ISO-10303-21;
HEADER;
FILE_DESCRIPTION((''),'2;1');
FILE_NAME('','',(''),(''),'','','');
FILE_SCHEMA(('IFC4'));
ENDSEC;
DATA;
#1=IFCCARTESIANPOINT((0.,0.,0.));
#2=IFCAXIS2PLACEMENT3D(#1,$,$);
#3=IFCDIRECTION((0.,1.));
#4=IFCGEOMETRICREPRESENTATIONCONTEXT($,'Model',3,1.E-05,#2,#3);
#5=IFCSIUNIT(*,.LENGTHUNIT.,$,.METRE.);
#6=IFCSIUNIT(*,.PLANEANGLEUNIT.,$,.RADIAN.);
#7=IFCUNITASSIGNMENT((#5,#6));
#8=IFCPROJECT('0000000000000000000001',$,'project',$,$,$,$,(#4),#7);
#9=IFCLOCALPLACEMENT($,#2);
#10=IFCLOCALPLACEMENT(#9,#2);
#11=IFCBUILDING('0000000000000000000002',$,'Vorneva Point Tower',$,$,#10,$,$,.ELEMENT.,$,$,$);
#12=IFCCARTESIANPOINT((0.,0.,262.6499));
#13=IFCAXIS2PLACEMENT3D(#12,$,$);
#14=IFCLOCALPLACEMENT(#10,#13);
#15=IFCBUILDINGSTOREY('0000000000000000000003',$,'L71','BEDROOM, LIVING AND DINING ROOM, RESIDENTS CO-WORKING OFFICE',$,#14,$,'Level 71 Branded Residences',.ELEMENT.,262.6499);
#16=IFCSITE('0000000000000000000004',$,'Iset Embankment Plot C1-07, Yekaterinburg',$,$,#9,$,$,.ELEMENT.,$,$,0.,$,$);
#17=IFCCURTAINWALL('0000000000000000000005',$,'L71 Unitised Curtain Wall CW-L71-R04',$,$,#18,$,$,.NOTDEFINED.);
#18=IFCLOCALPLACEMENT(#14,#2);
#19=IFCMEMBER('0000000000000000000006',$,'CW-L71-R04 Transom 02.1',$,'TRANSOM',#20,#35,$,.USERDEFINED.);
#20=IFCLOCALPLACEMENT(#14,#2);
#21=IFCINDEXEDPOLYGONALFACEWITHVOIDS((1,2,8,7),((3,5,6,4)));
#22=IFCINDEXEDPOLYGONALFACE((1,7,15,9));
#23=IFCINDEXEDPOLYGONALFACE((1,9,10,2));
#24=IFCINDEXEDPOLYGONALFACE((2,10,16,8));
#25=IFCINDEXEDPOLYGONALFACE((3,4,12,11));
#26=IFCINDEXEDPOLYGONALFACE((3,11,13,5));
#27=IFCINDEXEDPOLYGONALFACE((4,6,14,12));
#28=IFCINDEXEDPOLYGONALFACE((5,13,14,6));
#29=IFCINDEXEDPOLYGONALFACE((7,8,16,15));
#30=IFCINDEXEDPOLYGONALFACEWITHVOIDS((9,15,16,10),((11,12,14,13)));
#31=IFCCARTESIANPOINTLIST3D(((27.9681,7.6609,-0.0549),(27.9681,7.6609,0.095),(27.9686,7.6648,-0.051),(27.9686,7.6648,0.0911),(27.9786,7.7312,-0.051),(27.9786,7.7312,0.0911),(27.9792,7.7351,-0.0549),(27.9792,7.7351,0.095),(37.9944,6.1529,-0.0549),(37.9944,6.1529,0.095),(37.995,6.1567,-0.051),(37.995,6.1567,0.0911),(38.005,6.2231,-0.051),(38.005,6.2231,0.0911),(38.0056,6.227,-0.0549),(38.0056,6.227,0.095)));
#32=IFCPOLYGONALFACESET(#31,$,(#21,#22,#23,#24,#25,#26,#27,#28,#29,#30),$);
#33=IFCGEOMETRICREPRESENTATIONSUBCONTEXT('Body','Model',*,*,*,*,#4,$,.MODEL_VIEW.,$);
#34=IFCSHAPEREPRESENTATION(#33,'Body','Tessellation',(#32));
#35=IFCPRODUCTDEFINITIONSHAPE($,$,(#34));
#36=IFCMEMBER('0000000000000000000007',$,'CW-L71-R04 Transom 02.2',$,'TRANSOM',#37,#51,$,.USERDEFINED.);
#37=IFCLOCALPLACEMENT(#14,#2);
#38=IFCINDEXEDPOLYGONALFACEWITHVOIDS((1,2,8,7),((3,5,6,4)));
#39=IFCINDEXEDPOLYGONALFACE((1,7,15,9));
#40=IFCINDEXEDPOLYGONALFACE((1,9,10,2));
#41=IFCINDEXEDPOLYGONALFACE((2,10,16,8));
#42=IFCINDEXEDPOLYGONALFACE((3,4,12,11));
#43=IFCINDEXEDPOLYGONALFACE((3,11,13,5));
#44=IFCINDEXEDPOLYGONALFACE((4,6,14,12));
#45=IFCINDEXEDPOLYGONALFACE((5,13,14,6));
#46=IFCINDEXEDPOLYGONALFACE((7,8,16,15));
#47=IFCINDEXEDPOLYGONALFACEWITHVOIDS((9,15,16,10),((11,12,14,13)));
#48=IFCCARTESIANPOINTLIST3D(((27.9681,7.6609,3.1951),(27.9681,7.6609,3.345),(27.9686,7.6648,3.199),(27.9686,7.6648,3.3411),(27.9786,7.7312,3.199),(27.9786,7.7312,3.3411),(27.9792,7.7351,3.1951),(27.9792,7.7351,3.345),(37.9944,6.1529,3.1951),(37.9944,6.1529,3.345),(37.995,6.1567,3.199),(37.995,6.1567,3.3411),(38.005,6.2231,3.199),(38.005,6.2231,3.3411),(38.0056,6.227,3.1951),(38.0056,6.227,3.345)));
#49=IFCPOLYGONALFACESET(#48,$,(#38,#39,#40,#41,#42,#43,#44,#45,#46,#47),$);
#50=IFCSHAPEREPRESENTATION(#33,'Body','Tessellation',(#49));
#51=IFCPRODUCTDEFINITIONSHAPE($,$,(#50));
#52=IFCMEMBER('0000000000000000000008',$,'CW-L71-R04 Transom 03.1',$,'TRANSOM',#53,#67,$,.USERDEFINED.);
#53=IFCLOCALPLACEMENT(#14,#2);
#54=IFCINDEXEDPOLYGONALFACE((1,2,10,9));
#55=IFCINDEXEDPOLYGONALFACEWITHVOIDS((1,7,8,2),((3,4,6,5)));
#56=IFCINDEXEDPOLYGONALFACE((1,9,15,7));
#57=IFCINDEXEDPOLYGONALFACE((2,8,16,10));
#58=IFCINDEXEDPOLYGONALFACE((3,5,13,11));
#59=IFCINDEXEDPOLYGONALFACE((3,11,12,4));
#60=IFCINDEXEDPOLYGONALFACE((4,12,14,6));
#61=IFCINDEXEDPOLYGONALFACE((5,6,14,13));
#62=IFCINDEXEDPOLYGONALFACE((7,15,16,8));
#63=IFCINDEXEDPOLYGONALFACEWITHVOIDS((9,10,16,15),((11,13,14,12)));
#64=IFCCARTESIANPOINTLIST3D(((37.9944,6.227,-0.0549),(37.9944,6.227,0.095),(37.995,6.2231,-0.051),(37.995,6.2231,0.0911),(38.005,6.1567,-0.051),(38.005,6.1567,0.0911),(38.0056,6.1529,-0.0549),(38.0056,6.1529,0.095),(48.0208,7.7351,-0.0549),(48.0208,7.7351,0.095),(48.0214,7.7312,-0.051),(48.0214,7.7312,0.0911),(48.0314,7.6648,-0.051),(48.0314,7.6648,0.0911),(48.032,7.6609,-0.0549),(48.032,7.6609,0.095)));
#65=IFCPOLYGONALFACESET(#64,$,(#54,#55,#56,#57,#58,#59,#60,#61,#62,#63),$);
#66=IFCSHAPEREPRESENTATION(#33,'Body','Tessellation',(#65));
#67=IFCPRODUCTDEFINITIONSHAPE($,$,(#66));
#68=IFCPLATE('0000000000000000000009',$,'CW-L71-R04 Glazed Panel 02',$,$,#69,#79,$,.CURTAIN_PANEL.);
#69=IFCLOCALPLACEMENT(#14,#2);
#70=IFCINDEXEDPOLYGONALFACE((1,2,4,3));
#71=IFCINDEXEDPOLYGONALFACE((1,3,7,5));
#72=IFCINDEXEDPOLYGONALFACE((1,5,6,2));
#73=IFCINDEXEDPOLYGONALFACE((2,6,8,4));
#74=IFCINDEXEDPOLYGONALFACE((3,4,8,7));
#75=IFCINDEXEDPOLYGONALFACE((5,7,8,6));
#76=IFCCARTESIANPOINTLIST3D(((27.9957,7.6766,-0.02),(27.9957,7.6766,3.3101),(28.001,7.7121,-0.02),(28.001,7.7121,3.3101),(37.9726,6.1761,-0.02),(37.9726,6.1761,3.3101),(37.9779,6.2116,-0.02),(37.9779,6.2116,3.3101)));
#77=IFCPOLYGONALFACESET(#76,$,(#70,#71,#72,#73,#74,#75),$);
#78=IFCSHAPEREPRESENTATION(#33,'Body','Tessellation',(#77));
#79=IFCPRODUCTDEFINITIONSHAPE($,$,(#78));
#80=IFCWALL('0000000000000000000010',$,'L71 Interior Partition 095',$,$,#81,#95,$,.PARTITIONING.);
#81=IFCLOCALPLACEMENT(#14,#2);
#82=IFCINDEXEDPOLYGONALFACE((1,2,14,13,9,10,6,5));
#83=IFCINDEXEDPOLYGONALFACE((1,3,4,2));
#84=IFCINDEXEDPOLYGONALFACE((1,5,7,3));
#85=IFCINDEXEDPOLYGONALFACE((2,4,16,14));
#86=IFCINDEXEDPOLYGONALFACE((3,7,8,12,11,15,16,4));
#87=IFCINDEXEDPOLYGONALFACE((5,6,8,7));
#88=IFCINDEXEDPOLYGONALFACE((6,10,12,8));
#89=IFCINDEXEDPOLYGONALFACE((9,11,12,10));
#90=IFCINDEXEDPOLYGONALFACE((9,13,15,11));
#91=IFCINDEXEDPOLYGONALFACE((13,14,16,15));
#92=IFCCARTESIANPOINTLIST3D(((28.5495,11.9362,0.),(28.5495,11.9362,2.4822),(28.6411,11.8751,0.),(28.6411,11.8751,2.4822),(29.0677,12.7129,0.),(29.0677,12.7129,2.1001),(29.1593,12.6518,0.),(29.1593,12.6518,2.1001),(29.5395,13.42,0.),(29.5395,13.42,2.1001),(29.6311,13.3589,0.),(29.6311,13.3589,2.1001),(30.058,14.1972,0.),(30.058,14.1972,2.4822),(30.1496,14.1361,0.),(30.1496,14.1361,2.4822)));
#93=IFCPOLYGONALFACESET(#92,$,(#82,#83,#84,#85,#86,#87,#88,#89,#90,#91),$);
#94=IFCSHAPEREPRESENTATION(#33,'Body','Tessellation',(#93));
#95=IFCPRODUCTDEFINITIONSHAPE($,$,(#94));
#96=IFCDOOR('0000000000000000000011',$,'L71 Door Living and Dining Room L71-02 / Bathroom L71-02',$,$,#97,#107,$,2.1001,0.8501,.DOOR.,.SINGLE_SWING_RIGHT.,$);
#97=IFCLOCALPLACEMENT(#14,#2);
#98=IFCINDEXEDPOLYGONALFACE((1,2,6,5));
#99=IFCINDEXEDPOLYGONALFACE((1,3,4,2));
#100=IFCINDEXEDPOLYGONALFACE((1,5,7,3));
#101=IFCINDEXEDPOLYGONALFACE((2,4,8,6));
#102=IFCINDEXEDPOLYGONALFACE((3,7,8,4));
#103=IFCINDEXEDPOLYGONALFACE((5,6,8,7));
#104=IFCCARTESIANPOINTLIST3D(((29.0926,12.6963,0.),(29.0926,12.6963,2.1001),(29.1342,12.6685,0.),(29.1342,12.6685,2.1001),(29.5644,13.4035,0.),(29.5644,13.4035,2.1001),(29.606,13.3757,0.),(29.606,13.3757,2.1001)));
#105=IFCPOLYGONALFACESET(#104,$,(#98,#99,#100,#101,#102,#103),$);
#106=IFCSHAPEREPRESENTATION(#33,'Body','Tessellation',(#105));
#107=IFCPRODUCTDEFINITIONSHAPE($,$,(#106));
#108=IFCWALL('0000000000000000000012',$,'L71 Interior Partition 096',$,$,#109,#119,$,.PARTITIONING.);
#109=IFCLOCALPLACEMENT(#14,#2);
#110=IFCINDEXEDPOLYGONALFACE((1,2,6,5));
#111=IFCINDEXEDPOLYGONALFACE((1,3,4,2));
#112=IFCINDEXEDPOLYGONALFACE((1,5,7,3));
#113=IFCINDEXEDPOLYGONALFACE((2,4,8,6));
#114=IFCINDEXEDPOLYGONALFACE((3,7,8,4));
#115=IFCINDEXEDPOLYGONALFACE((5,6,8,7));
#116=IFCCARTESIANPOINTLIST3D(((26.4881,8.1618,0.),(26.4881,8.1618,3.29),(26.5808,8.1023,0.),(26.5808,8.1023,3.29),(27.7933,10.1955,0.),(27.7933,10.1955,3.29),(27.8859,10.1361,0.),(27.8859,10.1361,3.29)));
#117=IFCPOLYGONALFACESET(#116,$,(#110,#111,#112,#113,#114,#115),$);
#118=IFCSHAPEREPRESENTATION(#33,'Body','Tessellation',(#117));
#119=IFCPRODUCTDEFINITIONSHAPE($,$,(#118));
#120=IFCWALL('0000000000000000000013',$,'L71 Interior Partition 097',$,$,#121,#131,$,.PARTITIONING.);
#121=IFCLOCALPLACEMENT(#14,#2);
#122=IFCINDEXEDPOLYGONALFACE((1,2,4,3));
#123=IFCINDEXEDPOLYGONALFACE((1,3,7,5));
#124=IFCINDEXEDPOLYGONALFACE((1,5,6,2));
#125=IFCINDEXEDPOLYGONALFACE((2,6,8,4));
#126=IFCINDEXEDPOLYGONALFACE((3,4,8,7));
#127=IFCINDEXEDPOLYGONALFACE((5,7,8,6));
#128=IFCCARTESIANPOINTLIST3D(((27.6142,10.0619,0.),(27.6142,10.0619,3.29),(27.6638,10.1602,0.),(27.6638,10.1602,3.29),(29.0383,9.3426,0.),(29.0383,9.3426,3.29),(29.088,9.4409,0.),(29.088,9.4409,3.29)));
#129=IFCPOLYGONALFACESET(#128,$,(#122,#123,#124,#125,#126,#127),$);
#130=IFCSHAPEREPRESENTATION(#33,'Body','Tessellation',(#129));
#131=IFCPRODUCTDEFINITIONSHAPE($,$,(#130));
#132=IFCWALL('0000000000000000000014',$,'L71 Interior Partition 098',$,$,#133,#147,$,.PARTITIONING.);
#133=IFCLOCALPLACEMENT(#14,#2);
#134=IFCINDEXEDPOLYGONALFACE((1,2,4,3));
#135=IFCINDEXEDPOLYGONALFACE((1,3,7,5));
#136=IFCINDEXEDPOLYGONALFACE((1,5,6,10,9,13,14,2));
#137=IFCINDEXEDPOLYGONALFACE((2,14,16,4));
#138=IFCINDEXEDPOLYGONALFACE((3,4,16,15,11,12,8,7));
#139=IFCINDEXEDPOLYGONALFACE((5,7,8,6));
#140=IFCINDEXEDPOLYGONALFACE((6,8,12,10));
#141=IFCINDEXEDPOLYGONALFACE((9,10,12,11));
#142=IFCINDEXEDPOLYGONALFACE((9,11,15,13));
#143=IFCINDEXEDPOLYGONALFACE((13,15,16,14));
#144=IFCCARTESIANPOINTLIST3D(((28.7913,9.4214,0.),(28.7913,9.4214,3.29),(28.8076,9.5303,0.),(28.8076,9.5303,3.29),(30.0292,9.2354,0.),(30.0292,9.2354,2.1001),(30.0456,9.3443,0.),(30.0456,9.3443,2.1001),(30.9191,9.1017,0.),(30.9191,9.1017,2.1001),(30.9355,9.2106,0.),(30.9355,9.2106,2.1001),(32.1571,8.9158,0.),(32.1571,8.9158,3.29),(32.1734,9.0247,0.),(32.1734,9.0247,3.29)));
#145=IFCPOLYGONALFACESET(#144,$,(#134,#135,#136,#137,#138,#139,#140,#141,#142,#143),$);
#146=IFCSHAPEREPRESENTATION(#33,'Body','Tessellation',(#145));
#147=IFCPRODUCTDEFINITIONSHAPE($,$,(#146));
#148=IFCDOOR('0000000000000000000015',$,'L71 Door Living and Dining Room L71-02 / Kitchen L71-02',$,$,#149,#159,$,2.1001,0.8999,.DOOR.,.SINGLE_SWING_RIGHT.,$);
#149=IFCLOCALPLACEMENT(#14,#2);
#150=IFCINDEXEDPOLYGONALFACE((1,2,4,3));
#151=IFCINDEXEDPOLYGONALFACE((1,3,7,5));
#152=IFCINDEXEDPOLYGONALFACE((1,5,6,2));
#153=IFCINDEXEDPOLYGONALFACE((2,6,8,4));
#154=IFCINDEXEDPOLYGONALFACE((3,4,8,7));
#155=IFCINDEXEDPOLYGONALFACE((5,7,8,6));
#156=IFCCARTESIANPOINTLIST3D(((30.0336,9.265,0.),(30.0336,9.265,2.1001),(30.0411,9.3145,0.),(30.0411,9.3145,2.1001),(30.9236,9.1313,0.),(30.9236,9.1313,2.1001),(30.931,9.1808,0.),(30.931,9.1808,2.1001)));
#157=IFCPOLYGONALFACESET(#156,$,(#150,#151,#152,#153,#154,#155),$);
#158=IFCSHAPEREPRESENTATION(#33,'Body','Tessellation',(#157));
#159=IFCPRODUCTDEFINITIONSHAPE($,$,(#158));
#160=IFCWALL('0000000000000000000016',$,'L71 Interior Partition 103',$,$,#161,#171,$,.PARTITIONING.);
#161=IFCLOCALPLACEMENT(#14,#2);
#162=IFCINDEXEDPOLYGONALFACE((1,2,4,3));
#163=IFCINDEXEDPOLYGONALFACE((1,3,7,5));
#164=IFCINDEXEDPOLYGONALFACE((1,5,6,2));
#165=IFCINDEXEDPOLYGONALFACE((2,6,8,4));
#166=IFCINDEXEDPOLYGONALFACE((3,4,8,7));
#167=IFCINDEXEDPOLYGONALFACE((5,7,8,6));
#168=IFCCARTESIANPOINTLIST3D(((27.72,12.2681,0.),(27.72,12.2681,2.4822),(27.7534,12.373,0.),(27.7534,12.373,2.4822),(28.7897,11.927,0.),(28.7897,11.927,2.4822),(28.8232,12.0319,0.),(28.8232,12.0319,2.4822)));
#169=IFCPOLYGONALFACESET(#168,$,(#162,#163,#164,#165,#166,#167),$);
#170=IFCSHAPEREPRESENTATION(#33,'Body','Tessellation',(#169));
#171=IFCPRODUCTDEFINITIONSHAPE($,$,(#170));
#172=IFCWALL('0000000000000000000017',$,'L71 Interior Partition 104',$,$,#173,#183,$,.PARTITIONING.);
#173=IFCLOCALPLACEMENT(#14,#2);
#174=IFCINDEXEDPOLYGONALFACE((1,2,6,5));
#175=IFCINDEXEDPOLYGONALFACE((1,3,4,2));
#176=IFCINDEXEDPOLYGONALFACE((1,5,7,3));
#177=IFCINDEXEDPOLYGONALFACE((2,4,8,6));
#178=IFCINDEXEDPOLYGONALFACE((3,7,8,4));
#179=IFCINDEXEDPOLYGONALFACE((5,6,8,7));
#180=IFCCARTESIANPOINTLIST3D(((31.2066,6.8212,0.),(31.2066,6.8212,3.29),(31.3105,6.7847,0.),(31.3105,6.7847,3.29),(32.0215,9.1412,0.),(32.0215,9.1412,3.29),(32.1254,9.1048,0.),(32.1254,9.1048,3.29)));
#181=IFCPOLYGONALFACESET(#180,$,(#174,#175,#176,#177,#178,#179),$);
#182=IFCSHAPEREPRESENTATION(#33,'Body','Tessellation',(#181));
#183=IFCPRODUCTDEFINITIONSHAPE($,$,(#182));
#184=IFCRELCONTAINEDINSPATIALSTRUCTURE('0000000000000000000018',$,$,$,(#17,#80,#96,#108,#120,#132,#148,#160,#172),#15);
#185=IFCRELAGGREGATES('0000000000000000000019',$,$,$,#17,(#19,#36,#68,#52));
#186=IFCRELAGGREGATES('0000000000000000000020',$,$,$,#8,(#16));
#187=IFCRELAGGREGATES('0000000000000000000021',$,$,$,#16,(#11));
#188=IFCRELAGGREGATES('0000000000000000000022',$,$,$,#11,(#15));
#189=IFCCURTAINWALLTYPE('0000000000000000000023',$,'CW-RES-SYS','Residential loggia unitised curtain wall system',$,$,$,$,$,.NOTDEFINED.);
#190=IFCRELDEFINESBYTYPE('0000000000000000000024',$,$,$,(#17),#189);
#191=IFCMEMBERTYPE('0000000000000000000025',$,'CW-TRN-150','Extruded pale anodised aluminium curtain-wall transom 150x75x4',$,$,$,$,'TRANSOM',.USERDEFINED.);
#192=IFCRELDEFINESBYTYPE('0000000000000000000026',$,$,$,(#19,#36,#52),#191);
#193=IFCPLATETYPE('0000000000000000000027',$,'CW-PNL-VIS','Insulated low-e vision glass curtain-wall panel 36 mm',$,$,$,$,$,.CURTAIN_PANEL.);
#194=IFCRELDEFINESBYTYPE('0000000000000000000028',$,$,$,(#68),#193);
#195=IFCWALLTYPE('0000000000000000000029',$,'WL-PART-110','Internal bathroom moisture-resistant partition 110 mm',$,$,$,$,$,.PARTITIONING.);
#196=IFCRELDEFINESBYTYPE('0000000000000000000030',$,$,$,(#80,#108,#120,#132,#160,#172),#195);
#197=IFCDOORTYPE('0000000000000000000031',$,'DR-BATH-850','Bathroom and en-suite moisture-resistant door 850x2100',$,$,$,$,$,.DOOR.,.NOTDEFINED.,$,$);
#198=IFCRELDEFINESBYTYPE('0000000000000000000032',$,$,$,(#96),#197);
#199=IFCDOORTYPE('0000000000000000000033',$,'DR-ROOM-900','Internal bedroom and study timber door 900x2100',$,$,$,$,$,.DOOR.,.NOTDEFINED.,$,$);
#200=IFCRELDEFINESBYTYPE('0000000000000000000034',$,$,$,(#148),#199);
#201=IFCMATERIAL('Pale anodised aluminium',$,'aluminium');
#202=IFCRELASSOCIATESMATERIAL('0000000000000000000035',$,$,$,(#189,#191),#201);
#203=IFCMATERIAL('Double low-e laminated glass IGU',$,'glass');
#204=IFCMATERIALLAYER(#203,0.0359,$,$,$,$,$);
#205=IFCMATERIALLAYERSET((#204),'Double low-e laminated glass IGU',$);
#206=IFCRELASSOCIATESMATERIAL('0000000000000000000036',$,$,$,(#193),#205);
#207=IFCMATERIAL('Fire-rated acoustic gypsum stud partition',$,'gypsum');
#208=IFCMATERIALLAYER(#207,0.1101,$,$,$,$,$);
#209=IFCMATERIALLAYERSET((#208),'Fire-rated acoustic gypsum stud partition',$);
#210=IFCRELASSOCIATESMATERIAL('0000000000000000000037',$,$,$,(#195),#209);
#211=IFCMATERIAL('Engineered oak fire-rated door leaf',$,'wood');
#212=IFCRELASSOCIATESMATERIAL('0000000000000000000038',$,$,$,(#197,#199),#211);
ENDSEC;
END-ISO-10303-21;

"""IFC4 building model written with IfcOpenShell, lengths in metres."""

from ifc_helpers import new_model, si_unit, direction, frame, frame_2d, origin, origin_2d, place, context, subcontext, project, spatial, rectangle, hollow_rectangle, extrude, material, layer, layer_set, material_profile, profile_set, type_object, element, fill, aggregate, save


model = new_model("IFC4")

# Units and contexts
model_context = context("Model", 3, precision=1e-05, world=origin(), true_north=direction((0.0, 1.0)))
body_context = subcontext(model_context, "Body", "Model", "MODEL_VIEW")
ifc_project = project(units=[si_unit("LENGTHUNIT", "METRE"), si_unit("PLANEANGLEUNIT", "RADIAN")], contexts=[model_context])

# Site, building, storey
site_placement = place(None, origin())
site = spatial("IfcSite", under=ifc_project, at=site_placement, Name="Iset Embankment Plot C1-07, Yekaterinburg", CompositionType="ELEMENT", RefElevation=0.0)
building_placement = place(site_placement, origin())
building = spatial("IfcBuilding", under=site, at=building_placement, Name="Vorneva Point Tower", CompositionType="ELEMENT")
storey_placement = place(building_placement, frame((0.0, 0.0, 262.6499)))
storey = spatial("IfcBuildingStorey", under=building, at=storey_placement, Name="L71", Description="BEDROOM, LIVING AND DINING ROOM, RESIDENTS CO-WORKING OFFICE", LongName="Level 71 Branded Residences", CompositionType="ELEMENT", Elevation=262.6499)

# Curtain wall, members, plate
ifc_material_1 = material(Name="Pale anodised aluminium", Category="aluminium")
curtain_wall_type = type_object("IfcCurtainWallType", Name="CW-RES-SYS", Description="Residential loggia unitised curtain wall system", PredefinedType="NOTDEFINED", material=ifc_material_1)
curtain_wall_placement = place(storey_placement, origin())
curtain_wall = element("IfcCurtainWall", 1, at=curtain_wall_placement, inside=storey, type_object=curtain_wall_type, Name="L71 Unitised Curtain Wall CW-L71-R04", PredefinedType="NOTDEFINED")
ifc_material_profile_1 = material_profile(ifc_material_1, hollow_rectangle(XDim=0.075, YDim=0.1499, WallThickness=0.0039, at=origin_2d()), Name="AL-TRN 150x75x4")
ifc_profile_set_1 = profile_set([ifc_material_profile_1], Name="Pale anodised aluminium")
member_type_1 = type_object("IfcMemberType", Name="CW-TRN-150", Description="Extruded pale anodised aluminium curtain-wall transom 150x75x4", ElementType="TRANSOM", PredefinedType="USERDEFINED", material=ifc_profile_set_1)
member_1_placement = place(storey_placement, frame((27.9736, 7.698, 0.02), z_axis=(0.988877, -0.148736, 0.0), x_axis=(0.148736, 0.988877, 0.0)))
member_1 = element("IfcMember", 2, at=member_1_placement, type_object=member_type_1, Name="CW-L71-R04 Transom 02.1", ObjectType="TRANSOM", PredefinedType="USERDEFINED", context=body_context, shape_type="SweptSolid", body=[
    extrude(hollow_rectangle(XDim=0.075, YDim=0.1499, WallThickness=0.0039, at=origin_2d()), origin(), (0.0, 0.0, 1.0), 10.1392),
])
member_2_placement = place(storey_placement, frame((27.9736, 7.698, 3.27), z_axis=(0.988877, -0.148736, 0.0), x_axis=(0.148736, 0.988877, 0.0)))
member_2 = element("IfcMember", 3, at=member_2_placement, type_object=member_type_1, Name="CW-L71-R04 Transom 02.2", ObjectType="TRANSOM", PredefinedType="USERDEFINED", context=body_context, shape_type="SweptSolid", body=[
    extrude(hollow_rectangle(XDim=0.075, YDim=0.1499, WallThickness=0.0039, at=origin_2d()), origin(), (0.0, 0.0, 1.0), 10.1392),
])
member_3_placement = place(storey_placement, frame((38.0, 6.1899, 0.02), z_axis=(0.988877, 0.148736, 0.0), x_axis=(-0.148736, 0.988877, 0.0)))
member_3 = element("IfcMember", 4, at=member_3_placement, type_object=member_type_1, Name="CW-L71-R04 Transom 03.1", ObjectType="TRANSOM", PredefinedType="USERDEFINED", context=body_context, shape_type="SweptSolid", body=[
    extrude(hollow_rectangle(XDim=0.075, YDim=0.1499, WallThickness=0.0039, at=origin_2d()), origin(), (0.0, 0.0, 1.0), 10.1392),
])
ifc_material_2 = material(Name="Double low-e laminated glass IGU", Category="glass")
ifc_layer_1 = layer(ifc_material_2, 0.0359)
ifc_layer_set_1 = layer_set([ifc_layer_1], Name="Double low-e laminated glass IGU")
plate_type = type_object("IfcPlateType", Name="CW-PNL-VIS", Description="Insulated low-e vision glass curtain-wall panel 36 mm", PredefinedType="CURTAIN_PANEL", material=ifc_layer_set_1)
plate_placement = place(storey_placement, frame((32.9868, 6.9441, -0.02), z_axis=(0.0, 0.0, 1.0), x_axis=(0.988879, -0.148724, 0.0)))
plate = element("IfcPlate", 5, at=plate_placement, type_object=plate_type, Name="CW-L71-R04 Glazed Panel 02", PredefinedType="CURTAIN_PANEL", context=body_context, shape_type="SweptSolid", body=[
    extrude(rectangle(XDim=10.0891, YDim=0.0359, at=origin_2d()), origin(), (0.0, 0.0, 1.0), 3.3301),
])
aggregate(curtain_wall, [member_1, member_2, plate, member_3])

# Wall, opening, door
ifc_material_3 = material(Name="Fire-rated acoustic gypsum stud partition", Category="gypsum")
ifc_layer_2 = layer(ifc_material_3, 0.1101)
ifc_layer_set_2 = layer_set([ifc_layer_2], Name="Fire-rated acoustic gypsum stud partition")
wall_type_1 = type_object("IfcWallType", Name="WL-PART-110", Description="Internal bathroom moisture-resistant partition 110 mm", PredefinedType="PARTITIONING", material=ifc_layer_set_2)
wall_1_placement = place(storey_placement, frame((30.1038, 14.1665, 0.0), z_axis=(0.0, 0.0, 1.0), x_axis=(-0.555011, -0.831843, 0.0)))
wall_1 = element("IfcWall", 6, at=wall_1_placement, inside=storey, type_object=wall_type_1, Name="L71 Interior Partition 095", PredefinedType="PARTITIONING", context=body_context, shape_type="SweptSolid", body=[
    extrude(rectangle(XDim=2.718, YDim=0.1101, at=frame_2d((1.3589, 0.0))), origin(), (0.0, 0.0, 1.0), 2.4822),
])
opening_1_placement = place(wall_1_placement, frame((0.9341, 0.0, 0.0)))
opening_1 = element("IfcOpeningElement", 7, at=opening_1_placement, cuts=wall_1, PredefinedType="OPENING", context=body_context, shape_type="SweptSolid", body=[
    extrude(rectangle(XDim=0.8501, YDim=2.1001, at=frame_2d((0.425, 1.05))), frame((0.0, 0.0698, 0.0), z_axis=(0.0, -1.0, 0.0), x_axis=(1.0, 0.0, 0.0)), (0.0, 0.0, 1.0), 0.1399),
])
ifc_material_4 = material(Name="Engineered oak fire-rated door leaf", Category="wood")
door_type_1 = type_object("IfcDoorType", Name="DR-BATH-850", Description="Bathroom and en-suite moisture-resistant door 850x2100", OperationType="NOTDEFINED", PredefinedType="DOOR", material=ifc_material_4)
door_1_placement = place(opening_1_placement, origin())
door_1 = element("IfcDoor", 8, at=door_1_placement, inside=storey, type_object=door_type_1, Name="L71 Door Living and Dining Room L71-02 / Bathroom L71-02", OperationType="SINGLE_SWING_RIGHT", OverallHeight=2.1001, OverallWidth=0.8501, PredefinedType="DOOR", context=body_context, shape_type="SweptSolid", body=[
    extrude(rectangle(XDim=0.8501, YDim=2.1001, at=frame_2d((0.425, 1.05))), frame((0.0, 0.0249, 0.0), z_axis=(0.0, -1.0, 0.0), x_axis=(1.0, 0.0, 0.0)), (0.0, 0.0, 1.0), 0.05),
])
fill(opening_1, door_1)

# Walls
wall_2_placement = place(storey_placement, frame((26.5344, 8.1321, 0.0), z_axis=(0.0, 0.0, 1.0), x_axis=(0.540114, 0.841592, 0.0)))
element("IfcWall", 9, at=wall_2_placement, inside=storey, type_object=wall_type_1, Name="L71 Interior Partition 096", PredefinedType="PARTITIONING", context=body_context, shape_type="SweptSolid", body=[
    extrude(rectangle(XDim=2.4165, YDim=0.1101, at=frame_2d((1.2083, 0.0))), origin(), (0.0, 0.0, 1.0), 3.29),
])
wall_3_placement = place(storey_placement, frame((27.6389, 10.1111, 0.0), z_axis=(0.0, 0.0, 1.0), x_axis=(0.892614, -0.450821, 0.0)))
element("IfcWall", 10, at=wall_3_placement, inside=storey, type_object=wall_type_1, Name="L71 Interior Partition 097", PredefinedType="PARTITIONING", context=body_context, shape_type="SweptSolid", body=[
    extrude(rectangle(XDim=1.5955, YDim=0.1101, at=frame_2d((0.7979, 0.0))), origin(), (0.0, 0.0, 1.0), 3.29),
])

# Wall, opening, door
wall_4_placement = place(storey_placement, frame((28.7996, 9.4758, 0.0), z_axis=(0.0, 0.0, 1.0), x_axis=(0.988904, -0.148558, 0.0)))
wall_4 = element("IfcWall", 11, at=wall_4_placement, inside=storey, type_object=wall_type_1, Name="L71 Interior Partition 098", PredefinedType="PARTITIONING", context=body_context, shape_type="SweptSolid", body=[
    extrude(rectangle(XDim=3.4036, YDim=0.1101, at=frame_2d((1.7017, 0.0))), origin(), (0.0, 0.0, 1.0), 3.29),
])
opening_2_placement = place(wall_4_placement, frame((1.2517, 0.0, 0.0)))
opening_2 = element("IfcOpeningElement", 12, at=opening_2_placement, cuts=wall_4, PredefinedType="OPENING", context=body_context, shape_type="SweptSolid", body=[
    extrude(rectangle(XDim=0.8999, YDim=2.1001, at=frame_2d((0.45, 1.05))), frame((0.0, 0.0698, 0.0), z_axis=(0.0, -1.0, 0.0), x_axis=(1.0, 0.0, 0.0)), (0.0, 0.0, 1.0), 0.1399),
])
door_type_2 = type_object("IfcDoorType", Name="DR-ROOM-900", Description="Internal bedroom and study timber door 900x2100", OperationType="NOTDEFINED", PredefinedType="DOOR", material=ifc_material_4)
door_2_placement = place(opening_2_placement, origin())
door_2 = element("IfcDoor", 13, at=door_2_placement, inside=storey, type_object=door_type_2, Name="L71 Door Living and Dining Room L71-02 / Kitchen L71-02", OperationType="SINGLE_SWING_RIGHT", OverallHeight=2.1001, OverallWidth=0.8999, PredefinedType="DOOR", context=body_context, shape_type="SweptSolid", body=[
    extrude(rectangle(XDim=0.8999, YDim=2.1001, at=frame_2d((0.45, 1.05))), frame((0.0, 0.0249, 0.0), z_axis=(0.0, -1.0, 0.0), x_axis=(1.0, 0.0, 0.0)), (0.0, 0.0, 1.0), 0.05),
])
fill(opening_2, door_2)

# Walls
wall_5_placement = place(storey_placement, frame((27.7366, 12.3206, 0.0), z_axis=(0.0, 0.0, 1.0), x_axis=(0.952754, -0.303742, 0.0)))
element("IfcWall", 14, at=wall_5_placement, inside=storey, type_object=wall_type_1, Name="L71 Interior Partition 103", PredefinedType="PARTITIONING", context=body_context, shape_type="SweptSolid", body=[
    extrude(rectangle(XDim=1.1228, YDim=0.1101, at=frame_2d((0.5615, 0.0))), origin(), (0.0, 0.0, 1.0), 2.4822),
])
wall_6_placement = place(storey_placement, frame((31.2585, 6.803, 0.0), z_axis=(0.0, 0.0, 1.0), x_axis=(0.331407, 0.943488, 0.0)))
element("IfcWall", 15, at=wall_6_placement, inside=storey, type_object=wall_type_1, Name="L71 Interior Partition 104", PredefinedType="PARTITIONING", context=body_context, shape_type="SweptSolid", body=[
    extrude(rectangle(XDim=2.459, YDim=0.1101, at=frame_2d((1.2295, 0.0))), origin(), (0.0, 0.0, 1.0), 3.29),
])

save(model, "model.ifc")
